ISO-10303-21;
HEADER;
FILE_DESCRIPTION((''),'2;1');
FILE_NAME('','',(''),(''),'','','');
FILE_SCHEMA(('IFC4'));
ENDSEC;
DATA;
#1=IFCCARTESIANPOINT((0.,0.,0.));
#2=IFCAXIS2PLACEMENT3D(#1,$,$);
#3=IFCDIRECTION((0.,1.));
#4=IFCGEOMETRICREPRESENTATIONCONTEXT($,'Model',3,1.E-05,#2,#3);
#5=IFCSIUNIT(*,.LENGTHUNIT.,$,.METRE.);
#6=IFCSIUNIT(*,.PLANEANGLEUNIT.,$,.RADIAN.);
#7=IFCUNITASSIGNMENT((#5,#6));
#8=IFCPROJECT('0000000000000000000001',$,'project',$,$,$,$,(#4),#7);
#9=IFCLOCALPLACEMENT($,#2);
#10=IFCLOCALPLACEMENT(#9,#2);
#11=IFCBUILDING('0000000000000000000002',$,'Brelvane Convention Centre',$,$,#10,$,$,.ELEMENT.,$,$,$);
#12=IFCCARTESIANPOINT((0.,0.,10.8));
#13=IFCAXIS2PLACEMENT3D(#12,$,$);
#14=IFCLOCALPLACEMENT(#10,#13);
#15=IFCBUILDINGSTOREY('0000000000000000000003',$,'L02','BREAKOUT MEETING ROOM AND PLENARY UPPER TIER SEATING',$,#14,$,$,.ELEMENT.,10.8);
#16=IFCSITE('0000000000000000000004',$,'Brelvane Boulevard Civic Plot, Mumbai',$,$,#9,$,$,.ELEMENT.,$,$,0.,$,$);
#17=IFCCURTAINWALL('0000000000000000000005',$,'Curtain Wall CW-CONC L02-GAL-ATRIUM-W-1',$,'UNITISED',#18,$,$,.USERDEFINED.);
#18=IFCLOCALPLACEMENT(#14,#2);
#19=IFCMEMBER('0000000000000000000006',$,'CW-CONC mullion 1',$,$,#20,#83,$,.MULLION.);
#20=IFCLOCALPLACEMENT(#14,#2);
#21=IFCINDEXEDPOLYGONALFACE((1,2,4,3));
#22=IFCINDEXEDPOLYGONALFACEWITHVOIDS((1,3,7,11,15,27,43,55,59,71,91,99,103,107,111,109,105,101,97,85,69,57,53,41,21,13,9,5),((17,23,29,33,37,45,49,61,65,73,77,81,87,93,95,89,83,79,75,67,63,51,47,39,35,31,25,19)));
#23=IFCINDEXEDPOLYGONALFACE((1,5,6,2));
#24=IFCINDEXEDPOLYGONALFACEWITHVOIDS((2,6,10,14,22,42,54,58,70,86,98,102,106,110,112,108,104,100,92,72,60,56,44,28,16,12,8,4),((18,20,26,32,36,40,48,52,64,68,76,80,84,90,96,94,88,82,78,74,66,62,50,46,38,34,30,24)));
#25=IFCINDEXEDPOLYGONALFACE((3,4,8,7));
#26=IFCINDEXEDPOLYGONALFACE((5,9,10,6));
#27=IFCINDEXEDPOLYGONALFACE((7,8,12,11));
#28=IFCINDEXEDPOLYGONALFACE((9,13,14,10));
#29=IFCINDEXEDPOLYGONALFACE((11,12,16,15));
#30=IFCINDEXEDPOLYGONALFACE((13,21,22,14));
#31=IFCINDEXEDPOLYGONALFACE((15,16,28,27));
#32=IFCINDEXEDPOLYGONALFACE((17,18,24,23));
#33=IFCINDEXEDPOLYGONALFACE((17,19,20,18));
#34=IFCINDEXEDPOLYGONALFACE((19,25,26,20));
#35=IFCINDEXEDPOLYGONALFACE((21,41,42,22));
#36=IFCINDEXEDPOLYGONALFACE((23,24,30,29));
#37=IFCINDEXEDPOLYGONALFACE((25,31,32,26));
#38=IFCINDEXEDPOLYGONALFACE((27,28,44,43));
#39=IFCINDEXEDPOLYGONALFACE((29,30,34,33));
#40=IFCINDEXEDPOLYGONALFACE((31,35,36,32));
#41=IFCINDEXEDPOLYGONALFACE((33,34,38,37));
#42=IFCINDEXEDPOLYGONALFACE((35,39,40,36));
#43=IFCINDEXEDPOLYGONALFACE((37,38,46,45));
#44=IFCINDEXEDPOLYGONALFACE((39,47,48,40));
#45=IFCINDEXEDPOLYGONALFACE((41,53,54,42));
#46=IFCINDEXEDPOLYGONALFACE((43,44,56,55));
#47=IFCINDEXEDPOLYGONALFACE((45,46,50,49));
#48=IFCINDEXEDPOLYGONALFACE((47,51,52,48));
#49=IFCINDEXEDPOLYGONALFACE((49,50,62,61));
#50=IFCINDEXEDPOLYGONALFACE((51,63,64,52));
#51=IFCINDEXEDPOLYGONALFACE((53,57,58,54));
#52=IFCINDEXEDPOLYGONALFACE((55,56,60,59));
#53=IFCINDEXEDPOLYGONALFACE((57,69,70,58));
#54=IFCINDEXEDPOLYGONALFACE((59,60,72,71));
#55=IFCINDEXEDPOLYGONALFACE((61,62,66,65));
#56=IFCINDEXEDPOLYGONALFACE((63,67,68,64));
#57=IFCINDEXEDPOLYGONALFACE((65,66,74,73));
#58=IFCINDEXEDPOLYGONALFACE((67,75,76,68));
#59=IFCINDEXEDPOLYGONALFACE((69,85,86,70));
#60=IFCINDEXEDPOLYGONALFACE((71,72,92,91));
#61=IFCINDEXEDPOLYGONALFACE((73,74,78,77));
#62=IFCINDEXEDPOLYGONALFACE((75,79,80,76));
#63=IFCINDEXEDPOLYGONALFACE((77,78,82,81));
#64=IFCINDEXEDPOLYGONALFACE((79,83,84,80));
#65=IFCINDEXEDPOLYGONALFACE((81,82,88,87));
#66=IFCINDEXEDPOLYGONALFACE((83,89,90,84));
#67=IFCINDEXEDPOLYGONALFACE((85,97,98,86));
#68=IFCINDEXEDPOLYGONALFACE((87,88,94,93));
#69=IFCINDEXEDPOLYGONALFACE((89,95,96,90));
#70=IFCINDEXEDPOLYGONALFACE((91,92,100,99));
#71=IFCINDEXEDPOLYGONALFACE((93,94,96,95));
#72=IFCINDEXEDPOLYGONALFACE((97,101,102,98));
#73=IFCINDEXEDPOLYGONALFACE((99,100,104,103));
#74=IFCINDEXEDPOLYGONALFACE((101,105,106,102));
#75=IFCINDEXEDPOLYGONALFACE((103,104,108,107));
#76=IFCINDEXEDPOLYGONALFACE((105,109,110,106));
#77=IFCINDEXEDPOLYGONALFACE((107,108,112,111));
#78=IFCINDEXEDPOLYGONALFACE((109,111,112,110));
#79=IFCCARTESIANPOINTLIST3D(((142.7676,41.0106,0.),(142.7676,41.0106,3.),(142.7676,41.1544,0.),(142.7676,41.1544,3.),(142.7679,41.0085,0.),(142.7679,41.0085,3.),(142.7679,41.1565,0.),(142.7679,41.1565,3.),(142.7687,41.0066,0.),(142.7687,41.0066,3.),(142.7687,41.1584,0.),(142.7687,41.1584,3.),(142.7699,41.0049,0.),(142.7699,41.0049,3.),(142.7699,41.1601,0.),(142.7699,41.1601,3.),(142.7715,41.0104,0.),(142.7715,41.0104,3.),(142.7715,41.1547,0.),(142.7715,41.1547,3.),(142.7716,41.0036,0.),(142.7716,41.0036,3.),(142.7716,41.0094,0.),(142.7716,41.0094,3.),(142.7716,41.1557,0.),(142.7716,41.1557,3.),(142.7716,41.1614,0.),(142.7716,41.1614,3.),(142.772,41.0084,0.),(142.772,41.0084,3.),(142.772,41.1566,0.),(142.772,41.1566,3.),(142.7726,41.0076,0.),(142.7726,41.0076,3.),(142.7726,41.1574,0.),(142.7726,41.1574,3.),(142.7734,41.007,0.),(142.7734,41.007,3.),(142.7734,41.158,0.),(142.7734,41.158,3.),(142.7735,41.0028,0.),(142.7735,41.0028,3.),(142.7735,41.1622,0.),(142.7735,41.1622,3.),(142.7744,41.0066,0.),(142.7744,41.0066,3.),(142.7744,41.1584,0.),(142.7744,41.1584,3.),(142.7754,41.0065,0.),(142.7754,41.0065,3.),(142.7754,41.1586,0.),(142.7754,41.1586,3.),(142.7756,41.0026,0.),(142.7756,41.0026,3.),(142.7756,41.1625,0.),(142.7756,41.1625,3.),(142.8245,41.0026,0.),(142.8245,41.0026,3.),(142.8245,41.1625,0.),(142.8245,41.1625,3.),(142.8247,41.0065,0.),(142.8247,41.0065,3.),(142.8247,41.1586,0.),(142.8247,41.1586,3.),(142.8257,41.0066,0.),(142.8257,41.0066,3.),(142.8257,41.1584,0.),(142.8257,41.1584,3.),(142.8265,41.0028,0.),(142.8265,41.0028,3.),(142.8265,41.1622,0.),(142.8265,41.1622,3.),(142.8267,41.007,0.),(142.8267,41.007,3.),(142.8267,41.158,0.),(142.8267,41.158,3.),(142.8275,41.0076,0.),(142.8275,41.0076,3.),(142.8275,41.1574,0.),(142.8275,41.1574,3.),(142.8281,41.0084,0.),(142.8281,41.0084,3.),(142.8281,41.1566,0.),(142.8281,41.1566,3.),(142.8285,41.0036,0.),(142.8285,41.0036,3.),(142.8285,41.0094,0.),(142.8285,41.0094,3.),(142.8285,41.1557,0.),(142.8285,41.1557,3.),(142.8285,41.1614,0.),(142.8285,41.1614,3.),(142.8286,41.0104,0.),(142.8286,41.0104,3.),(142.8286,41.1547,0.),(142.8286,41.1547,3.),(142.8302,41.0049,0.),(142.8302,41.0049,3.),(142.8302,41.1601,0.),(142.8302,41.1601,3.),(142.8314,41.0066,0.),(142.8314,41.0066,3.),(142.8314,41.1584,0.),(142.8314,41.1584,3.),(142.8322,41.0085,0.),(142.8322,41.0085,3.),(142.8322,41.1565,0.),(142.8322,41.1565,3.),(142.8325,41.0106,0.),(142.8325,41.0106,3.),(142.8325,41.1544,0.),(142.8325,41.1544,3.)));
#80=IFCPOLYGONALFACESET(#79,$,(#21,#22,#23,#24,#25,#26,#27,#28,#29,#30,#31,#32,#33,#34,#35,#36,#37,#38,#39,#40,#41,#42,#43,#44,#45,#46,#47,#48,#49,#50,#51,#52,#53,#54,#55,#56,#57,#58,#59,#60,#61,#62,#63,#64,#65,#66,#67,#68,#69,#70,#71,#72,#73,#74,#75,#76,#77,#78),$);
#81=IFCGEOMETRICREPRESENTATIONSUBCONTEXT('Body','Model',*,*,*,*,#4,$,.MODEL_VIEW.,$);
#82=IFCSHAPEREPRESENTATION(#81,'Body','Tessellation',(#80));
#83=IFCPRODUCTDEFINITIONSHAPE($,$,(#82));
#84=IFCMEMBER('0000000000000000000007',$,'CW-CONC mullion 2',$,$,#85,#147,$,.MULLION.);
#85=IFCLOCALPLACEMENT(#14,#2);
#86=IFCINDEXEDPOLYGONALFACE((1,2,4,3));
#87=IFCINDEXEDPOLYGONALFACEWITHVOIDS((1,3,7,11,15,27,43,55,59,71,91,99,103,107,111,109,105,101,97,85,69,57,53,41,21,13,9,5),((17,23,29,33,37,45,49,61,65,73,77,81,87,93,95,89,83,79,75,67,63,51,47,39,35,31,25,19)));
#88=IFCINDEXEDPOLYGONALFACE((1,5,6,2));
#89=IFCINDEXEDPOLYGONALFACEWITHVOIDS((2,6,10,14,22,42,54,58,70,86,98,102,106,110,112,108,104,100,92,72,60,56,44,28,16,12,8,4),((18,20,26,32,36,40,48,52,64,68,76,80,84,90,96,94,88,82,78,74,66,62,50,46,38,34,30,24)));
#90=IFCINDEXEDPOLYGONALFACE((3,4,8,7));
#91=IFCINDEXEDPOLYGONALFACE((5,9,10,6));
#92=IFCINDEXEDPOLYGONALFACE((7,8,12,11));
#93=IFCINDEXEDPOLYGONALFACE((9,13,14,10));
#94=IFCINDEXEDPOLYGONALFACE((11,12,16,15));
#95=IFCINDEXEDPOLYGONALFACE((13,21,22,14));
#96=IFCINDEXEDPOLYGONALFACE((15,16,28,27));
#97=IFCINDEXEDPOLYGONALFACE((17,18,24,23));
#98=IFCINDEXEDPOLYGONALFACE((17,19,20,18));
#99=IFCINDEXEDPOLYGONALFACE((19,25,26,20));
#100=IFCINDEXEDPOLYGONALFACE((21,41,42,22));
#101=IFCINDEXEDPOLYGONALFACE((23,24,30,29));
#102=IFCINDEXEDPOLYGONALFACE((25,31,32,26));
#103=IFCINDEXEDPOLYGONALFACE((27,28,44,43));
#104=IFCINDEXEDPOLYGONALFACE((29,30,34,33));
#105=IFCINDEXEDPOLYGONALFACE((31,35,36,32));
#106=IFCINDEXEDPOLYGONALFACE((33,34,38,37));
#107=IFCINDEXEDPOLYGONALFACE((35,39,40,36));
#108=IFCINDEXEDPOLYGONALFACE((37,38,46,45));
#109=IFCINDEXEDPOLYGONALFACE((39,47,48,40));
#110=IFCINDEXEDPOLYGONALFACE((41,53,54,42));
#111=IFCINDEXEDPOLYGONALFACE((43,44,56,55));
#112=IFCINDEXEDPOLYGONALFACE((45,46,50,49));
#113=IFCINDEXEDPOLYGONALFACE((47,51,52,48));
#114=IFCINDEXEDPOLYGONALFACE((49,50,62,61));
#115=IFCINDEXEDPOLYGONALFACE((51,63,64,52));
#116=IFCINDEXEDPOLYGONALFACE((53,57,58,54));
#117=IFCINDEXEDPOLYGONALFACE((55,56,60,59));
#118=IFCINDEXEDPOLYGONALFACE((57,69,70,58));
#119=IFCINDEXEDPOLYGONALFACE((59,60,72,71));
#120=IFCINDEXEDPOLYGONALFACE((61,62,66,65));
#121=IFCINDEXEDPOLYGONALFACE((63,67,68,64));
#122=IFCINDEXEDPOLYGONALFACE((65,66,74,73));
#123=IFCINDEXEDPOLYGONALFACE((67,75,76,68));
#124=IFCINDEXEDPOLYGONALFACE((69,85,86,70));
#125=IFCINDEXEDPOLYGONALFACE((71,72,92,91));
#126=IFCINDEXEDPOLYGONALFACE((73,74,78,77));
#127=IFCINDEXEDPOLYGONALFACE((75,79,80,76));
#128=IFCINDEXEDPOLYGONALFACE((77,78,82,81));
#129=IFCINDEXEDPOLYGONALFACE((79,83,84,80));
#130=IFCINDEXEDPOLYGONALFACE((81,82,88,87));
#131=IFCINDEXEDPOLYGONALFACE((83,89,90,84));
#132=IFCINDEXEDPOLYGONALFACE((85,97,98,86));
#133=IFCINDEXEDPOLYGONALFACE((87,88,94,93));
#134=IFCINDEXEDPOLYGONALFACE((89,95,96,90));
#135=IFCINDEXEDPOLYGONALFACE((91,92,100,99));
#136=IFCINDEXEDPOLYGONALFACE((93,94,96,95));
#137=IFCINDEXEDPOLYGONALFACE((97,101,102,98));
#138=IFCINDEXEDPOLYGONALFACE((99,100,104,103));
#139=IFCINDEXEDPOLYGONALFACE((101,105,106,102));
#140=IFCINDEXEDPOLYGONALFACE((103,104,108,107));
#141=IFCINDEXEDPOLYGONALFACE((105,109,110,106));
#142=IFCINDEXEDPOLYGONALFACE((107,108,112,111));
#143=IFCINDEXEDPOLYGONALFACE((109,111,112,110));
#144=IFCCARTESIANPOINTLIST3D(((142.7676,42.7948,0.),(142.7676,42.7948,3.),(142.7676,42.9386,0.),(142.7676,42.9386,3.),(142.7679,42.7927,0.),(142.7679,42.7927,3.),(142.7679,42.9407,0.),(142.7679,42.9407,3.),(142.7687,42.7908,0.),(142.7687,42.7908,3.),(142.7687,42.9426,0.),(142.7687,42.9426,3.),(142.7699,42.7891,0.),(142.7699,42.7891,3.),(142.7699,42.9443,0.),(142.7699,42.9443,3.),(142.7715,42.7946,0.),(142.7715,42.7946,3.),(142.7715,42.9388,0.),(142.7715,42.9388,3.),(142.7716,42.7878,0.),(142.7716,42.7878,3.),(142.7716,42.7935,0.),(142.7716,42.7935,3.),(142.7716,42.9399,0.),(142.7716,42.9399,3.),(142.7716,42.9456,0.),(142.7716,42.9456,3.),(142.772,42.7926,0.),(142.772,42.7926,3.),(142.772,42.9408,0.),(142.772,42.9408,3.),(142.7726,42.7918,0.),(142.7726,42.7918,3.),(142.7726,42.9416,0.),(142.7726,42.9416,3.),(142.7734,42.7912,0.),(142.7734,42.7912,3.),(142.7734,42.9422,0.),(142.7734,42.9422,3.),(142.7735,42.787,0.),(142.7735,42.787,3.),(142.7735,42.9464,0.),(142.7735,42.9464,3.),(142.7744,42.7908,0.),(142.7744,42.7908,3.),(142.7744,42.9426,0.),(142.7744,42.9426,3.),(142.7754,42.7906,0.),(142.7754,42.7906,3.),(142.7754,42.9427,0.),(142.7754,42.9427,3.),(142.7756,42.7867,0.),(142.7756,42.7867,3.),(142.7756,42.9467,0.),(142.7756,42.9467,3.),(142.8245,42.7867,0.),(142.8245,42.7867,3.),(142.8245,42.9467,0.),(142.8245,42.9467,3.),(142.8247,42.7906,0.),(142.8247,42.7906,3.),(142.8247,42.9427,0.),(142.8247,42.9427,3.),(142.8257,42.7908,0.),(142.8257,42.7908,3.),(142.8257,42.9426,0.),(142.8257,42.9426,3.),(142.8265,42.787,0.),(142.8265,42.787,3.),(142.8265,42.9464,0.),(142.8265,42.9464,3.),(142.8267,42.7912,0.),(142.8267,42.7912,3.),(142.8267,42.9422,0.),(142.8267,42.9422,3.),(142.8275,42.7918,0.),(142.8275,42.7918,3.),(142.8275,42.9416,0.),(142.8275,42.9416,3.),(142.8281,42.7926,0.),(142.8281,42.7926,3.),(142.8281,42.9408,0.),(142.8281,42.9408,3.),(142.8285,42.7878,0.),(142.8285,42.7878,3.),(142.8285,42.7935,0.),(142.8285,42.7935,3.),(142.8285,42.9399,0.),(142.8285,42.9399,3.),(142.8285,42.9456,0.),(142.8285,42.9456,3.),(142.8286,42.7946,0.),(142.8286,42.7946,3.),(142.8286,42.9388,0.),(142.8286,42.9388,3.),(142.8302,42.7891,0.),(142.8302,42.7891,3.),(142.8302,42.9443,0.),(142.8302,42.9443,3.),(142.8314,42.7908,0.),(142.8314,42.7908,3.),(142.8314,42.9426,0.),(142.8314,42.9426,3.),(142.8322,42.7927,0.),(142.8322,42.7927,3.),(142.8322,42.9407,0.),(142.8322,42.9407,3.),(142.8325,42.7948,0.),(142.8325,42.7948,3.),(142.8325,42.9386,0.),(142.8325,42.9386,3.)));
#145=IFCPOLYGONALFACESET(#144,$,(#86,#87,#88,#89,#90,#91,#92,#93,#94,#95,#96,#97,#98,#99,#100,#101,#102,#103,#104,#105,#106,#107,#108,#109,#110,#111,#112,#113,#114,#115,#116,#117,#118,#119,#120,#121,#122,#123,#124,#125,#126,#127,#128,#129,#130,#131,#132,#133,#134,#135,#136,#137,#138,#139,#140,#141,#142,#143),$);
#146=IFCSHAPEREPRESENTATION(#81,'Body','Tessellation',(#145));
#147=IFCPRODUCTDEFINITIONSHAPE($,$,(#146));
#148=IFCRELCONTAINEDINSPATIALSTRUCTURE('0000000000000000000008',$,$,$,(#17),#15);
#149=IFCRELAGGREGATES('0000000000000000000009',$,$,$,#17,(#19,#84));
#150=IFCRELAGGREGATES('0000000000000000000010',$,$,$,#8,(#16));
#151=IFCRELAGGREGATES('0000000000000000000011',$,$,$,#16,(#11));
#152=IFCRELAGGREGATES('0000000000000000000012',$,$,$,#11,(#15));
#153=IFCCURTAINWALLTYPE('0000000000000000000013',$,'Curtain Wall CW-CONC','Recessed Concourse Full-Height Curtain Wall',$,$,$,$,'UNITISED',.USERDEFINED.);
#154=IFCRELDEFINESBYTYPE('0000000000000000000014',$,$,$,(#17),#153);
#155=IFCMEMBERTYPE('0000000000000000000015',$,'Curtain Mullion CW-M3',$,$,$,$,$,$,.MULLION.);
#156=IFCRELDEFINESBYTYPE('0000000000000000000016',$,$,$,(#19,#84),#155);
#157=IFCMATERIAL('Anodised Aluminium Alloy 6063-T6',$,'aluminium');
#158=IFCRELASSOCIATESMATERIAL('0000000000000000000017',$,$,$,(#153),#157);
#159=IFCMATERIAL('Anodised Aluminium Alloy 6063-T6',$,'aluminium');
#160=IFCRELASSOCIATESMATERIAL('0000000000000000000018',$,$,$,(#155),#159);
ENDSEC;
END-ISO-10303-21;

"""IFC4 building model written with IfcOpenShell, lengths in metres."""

from ifc_helpers import new_model, si_unit, direction, frame, origin, origin_2d, place, context, subcontext, project, spatial, hollow_rectangle, extrude, material, material_profile, profile_set, type_object, element, aggregate, save


model = new_model("IFC4")

# Units and contexts
model_context = context("Model", 3, precision=1e-05, world=origin(), true_north=direction((0.0, 1.0)))
body_context = subcontext(model_context, "Body", "Model", "MODEL_VIEW")
ifc_project = project(units=[si_unit("LENGTHUNIT", "METRE"), si_unit("PLANEANGLEUNIT", "RADIAN")], contexts=[model_context])

# Site, building, storey
site_placement = place(None, origin())
site = spatial("IfcSite", under=ifc_project, at=site_placement, Name="Brelvane Boulevard Civic Plot, Mumbai", CompositionType="ELEMENT", RefElevation=0.0)
building_placement = place(site_placement, origin())
building = spatial("IfcBuilding", under=site, at=building_placement, Name="Brelvane Convention Centre", CompositionType="ELEMENT")
storey_placement = place(building_placement, frame((0.0, 0.0, 10.8)))
storey = spatial("IfcBuildingStorey", under=building, at=storey_placement, Name="L02", Description="BREAKOUT MEETING ROOM AND PLENARY UPPER TIER SEATING", CompositionType="ELEMENT", Elevation=10.8)

# Curtain wall, members
ifc_material_1 = material(Name="Anodised Aluminium Alloy 6063-T6", Category="aluminium")
curtain_wall_type_1 = type_object("IfcCurtainWallType", Name="Curtain Wall CW-CONC", Description="Recessed Concourse Full-Height Curtain Wall", ElementType="UNITISED", PredefinedType="USERDEFINED", material=ifc_material_1)
curtain_wall_1_placement = place(storey_placement, origin())
curtain_wall_1 = element("IfcCurtainWall", 1, at=curtain_wall_1_placement, inside=storey, type_object=curtain_wall_type_1, Name="Curtain Wall CW-CONC L02-GAL-ATRIUM-W-1", ObjectType="UNITISED", PredefinedType="USERDEFINED")
ifc_material_2 = material(Name="Anodised Aluminium Alloy 6063-T6", Category="aluminium")
ifc_material_profile_1 = material_profile(ifc_material_2, hollow_rectangle(XDim=0.0649, YDim=0.1599, WallThickness=0.0039, InnerFilletRadius=0.0039, OuterFilletRadius=0.0081, at=origin_2d()), Name="ALU-M 160x65x4.0")
ifc_profile_set_1 = profile_set([ifc_material_profile_1], Name="Anodised Aluminium Alloy 6063-T6")
member_type_1 = type_object("IfcMemberType", Name="Curtain Mullion CW-M3", PredefinedType="MULLION", material=ifc_profile_set_1)
member_1_placement = place(storey_placement, frame((142.8, 41.0825, 0.0), z_axis=(0.0, 0.0, 1.0), x_axis=(-1.0, 0.0, 0.0)))
member_1 = element("IfcMember", 2, at=member_1_placement, type_object=member_type_1, Name="CW-CONC mullion 1", PredefinedType="MULLION", context=body_context, shape_type="SweptSolid", body=[
    extrude(hollow_rectangle(XDim=0.0649, YDim=0.1599, WallThickness=0.0039, InnerFilletRadius=0.0039, OuterFilletRadius=0.0081, at=origin_2d()), origin(), (0.0, 0.0, 1.0), 3.0),
])
member_2_placement = place(storey_placement, frame((142.8, 42.8667, 0.0), z_axis=(0.0, 0.0, 1.0), x_axis=(-1.0, 0.0, 0.0)))
member_2 = element("IfcMember", 3, at=member_2_placement, type_object=member_type_1, Name="CW-CONC mullion 2", PredefinedType="MULLION", context=body_context, shape_type="SweptSolid", body=[
    extrude(hollow_rectangle(XDim=0.0649, YDim=0.1599, WallThickness=0.0039, InnerFilletRadius=0.0039, OuterFilletRadius=0.0081, at=origin_2d()), origin(), (0.0, 0.0, 1.0), 3.0),
])

aggregate(curtain_wall_1, [member_1, member_2])

save(model, "model.ifc")
